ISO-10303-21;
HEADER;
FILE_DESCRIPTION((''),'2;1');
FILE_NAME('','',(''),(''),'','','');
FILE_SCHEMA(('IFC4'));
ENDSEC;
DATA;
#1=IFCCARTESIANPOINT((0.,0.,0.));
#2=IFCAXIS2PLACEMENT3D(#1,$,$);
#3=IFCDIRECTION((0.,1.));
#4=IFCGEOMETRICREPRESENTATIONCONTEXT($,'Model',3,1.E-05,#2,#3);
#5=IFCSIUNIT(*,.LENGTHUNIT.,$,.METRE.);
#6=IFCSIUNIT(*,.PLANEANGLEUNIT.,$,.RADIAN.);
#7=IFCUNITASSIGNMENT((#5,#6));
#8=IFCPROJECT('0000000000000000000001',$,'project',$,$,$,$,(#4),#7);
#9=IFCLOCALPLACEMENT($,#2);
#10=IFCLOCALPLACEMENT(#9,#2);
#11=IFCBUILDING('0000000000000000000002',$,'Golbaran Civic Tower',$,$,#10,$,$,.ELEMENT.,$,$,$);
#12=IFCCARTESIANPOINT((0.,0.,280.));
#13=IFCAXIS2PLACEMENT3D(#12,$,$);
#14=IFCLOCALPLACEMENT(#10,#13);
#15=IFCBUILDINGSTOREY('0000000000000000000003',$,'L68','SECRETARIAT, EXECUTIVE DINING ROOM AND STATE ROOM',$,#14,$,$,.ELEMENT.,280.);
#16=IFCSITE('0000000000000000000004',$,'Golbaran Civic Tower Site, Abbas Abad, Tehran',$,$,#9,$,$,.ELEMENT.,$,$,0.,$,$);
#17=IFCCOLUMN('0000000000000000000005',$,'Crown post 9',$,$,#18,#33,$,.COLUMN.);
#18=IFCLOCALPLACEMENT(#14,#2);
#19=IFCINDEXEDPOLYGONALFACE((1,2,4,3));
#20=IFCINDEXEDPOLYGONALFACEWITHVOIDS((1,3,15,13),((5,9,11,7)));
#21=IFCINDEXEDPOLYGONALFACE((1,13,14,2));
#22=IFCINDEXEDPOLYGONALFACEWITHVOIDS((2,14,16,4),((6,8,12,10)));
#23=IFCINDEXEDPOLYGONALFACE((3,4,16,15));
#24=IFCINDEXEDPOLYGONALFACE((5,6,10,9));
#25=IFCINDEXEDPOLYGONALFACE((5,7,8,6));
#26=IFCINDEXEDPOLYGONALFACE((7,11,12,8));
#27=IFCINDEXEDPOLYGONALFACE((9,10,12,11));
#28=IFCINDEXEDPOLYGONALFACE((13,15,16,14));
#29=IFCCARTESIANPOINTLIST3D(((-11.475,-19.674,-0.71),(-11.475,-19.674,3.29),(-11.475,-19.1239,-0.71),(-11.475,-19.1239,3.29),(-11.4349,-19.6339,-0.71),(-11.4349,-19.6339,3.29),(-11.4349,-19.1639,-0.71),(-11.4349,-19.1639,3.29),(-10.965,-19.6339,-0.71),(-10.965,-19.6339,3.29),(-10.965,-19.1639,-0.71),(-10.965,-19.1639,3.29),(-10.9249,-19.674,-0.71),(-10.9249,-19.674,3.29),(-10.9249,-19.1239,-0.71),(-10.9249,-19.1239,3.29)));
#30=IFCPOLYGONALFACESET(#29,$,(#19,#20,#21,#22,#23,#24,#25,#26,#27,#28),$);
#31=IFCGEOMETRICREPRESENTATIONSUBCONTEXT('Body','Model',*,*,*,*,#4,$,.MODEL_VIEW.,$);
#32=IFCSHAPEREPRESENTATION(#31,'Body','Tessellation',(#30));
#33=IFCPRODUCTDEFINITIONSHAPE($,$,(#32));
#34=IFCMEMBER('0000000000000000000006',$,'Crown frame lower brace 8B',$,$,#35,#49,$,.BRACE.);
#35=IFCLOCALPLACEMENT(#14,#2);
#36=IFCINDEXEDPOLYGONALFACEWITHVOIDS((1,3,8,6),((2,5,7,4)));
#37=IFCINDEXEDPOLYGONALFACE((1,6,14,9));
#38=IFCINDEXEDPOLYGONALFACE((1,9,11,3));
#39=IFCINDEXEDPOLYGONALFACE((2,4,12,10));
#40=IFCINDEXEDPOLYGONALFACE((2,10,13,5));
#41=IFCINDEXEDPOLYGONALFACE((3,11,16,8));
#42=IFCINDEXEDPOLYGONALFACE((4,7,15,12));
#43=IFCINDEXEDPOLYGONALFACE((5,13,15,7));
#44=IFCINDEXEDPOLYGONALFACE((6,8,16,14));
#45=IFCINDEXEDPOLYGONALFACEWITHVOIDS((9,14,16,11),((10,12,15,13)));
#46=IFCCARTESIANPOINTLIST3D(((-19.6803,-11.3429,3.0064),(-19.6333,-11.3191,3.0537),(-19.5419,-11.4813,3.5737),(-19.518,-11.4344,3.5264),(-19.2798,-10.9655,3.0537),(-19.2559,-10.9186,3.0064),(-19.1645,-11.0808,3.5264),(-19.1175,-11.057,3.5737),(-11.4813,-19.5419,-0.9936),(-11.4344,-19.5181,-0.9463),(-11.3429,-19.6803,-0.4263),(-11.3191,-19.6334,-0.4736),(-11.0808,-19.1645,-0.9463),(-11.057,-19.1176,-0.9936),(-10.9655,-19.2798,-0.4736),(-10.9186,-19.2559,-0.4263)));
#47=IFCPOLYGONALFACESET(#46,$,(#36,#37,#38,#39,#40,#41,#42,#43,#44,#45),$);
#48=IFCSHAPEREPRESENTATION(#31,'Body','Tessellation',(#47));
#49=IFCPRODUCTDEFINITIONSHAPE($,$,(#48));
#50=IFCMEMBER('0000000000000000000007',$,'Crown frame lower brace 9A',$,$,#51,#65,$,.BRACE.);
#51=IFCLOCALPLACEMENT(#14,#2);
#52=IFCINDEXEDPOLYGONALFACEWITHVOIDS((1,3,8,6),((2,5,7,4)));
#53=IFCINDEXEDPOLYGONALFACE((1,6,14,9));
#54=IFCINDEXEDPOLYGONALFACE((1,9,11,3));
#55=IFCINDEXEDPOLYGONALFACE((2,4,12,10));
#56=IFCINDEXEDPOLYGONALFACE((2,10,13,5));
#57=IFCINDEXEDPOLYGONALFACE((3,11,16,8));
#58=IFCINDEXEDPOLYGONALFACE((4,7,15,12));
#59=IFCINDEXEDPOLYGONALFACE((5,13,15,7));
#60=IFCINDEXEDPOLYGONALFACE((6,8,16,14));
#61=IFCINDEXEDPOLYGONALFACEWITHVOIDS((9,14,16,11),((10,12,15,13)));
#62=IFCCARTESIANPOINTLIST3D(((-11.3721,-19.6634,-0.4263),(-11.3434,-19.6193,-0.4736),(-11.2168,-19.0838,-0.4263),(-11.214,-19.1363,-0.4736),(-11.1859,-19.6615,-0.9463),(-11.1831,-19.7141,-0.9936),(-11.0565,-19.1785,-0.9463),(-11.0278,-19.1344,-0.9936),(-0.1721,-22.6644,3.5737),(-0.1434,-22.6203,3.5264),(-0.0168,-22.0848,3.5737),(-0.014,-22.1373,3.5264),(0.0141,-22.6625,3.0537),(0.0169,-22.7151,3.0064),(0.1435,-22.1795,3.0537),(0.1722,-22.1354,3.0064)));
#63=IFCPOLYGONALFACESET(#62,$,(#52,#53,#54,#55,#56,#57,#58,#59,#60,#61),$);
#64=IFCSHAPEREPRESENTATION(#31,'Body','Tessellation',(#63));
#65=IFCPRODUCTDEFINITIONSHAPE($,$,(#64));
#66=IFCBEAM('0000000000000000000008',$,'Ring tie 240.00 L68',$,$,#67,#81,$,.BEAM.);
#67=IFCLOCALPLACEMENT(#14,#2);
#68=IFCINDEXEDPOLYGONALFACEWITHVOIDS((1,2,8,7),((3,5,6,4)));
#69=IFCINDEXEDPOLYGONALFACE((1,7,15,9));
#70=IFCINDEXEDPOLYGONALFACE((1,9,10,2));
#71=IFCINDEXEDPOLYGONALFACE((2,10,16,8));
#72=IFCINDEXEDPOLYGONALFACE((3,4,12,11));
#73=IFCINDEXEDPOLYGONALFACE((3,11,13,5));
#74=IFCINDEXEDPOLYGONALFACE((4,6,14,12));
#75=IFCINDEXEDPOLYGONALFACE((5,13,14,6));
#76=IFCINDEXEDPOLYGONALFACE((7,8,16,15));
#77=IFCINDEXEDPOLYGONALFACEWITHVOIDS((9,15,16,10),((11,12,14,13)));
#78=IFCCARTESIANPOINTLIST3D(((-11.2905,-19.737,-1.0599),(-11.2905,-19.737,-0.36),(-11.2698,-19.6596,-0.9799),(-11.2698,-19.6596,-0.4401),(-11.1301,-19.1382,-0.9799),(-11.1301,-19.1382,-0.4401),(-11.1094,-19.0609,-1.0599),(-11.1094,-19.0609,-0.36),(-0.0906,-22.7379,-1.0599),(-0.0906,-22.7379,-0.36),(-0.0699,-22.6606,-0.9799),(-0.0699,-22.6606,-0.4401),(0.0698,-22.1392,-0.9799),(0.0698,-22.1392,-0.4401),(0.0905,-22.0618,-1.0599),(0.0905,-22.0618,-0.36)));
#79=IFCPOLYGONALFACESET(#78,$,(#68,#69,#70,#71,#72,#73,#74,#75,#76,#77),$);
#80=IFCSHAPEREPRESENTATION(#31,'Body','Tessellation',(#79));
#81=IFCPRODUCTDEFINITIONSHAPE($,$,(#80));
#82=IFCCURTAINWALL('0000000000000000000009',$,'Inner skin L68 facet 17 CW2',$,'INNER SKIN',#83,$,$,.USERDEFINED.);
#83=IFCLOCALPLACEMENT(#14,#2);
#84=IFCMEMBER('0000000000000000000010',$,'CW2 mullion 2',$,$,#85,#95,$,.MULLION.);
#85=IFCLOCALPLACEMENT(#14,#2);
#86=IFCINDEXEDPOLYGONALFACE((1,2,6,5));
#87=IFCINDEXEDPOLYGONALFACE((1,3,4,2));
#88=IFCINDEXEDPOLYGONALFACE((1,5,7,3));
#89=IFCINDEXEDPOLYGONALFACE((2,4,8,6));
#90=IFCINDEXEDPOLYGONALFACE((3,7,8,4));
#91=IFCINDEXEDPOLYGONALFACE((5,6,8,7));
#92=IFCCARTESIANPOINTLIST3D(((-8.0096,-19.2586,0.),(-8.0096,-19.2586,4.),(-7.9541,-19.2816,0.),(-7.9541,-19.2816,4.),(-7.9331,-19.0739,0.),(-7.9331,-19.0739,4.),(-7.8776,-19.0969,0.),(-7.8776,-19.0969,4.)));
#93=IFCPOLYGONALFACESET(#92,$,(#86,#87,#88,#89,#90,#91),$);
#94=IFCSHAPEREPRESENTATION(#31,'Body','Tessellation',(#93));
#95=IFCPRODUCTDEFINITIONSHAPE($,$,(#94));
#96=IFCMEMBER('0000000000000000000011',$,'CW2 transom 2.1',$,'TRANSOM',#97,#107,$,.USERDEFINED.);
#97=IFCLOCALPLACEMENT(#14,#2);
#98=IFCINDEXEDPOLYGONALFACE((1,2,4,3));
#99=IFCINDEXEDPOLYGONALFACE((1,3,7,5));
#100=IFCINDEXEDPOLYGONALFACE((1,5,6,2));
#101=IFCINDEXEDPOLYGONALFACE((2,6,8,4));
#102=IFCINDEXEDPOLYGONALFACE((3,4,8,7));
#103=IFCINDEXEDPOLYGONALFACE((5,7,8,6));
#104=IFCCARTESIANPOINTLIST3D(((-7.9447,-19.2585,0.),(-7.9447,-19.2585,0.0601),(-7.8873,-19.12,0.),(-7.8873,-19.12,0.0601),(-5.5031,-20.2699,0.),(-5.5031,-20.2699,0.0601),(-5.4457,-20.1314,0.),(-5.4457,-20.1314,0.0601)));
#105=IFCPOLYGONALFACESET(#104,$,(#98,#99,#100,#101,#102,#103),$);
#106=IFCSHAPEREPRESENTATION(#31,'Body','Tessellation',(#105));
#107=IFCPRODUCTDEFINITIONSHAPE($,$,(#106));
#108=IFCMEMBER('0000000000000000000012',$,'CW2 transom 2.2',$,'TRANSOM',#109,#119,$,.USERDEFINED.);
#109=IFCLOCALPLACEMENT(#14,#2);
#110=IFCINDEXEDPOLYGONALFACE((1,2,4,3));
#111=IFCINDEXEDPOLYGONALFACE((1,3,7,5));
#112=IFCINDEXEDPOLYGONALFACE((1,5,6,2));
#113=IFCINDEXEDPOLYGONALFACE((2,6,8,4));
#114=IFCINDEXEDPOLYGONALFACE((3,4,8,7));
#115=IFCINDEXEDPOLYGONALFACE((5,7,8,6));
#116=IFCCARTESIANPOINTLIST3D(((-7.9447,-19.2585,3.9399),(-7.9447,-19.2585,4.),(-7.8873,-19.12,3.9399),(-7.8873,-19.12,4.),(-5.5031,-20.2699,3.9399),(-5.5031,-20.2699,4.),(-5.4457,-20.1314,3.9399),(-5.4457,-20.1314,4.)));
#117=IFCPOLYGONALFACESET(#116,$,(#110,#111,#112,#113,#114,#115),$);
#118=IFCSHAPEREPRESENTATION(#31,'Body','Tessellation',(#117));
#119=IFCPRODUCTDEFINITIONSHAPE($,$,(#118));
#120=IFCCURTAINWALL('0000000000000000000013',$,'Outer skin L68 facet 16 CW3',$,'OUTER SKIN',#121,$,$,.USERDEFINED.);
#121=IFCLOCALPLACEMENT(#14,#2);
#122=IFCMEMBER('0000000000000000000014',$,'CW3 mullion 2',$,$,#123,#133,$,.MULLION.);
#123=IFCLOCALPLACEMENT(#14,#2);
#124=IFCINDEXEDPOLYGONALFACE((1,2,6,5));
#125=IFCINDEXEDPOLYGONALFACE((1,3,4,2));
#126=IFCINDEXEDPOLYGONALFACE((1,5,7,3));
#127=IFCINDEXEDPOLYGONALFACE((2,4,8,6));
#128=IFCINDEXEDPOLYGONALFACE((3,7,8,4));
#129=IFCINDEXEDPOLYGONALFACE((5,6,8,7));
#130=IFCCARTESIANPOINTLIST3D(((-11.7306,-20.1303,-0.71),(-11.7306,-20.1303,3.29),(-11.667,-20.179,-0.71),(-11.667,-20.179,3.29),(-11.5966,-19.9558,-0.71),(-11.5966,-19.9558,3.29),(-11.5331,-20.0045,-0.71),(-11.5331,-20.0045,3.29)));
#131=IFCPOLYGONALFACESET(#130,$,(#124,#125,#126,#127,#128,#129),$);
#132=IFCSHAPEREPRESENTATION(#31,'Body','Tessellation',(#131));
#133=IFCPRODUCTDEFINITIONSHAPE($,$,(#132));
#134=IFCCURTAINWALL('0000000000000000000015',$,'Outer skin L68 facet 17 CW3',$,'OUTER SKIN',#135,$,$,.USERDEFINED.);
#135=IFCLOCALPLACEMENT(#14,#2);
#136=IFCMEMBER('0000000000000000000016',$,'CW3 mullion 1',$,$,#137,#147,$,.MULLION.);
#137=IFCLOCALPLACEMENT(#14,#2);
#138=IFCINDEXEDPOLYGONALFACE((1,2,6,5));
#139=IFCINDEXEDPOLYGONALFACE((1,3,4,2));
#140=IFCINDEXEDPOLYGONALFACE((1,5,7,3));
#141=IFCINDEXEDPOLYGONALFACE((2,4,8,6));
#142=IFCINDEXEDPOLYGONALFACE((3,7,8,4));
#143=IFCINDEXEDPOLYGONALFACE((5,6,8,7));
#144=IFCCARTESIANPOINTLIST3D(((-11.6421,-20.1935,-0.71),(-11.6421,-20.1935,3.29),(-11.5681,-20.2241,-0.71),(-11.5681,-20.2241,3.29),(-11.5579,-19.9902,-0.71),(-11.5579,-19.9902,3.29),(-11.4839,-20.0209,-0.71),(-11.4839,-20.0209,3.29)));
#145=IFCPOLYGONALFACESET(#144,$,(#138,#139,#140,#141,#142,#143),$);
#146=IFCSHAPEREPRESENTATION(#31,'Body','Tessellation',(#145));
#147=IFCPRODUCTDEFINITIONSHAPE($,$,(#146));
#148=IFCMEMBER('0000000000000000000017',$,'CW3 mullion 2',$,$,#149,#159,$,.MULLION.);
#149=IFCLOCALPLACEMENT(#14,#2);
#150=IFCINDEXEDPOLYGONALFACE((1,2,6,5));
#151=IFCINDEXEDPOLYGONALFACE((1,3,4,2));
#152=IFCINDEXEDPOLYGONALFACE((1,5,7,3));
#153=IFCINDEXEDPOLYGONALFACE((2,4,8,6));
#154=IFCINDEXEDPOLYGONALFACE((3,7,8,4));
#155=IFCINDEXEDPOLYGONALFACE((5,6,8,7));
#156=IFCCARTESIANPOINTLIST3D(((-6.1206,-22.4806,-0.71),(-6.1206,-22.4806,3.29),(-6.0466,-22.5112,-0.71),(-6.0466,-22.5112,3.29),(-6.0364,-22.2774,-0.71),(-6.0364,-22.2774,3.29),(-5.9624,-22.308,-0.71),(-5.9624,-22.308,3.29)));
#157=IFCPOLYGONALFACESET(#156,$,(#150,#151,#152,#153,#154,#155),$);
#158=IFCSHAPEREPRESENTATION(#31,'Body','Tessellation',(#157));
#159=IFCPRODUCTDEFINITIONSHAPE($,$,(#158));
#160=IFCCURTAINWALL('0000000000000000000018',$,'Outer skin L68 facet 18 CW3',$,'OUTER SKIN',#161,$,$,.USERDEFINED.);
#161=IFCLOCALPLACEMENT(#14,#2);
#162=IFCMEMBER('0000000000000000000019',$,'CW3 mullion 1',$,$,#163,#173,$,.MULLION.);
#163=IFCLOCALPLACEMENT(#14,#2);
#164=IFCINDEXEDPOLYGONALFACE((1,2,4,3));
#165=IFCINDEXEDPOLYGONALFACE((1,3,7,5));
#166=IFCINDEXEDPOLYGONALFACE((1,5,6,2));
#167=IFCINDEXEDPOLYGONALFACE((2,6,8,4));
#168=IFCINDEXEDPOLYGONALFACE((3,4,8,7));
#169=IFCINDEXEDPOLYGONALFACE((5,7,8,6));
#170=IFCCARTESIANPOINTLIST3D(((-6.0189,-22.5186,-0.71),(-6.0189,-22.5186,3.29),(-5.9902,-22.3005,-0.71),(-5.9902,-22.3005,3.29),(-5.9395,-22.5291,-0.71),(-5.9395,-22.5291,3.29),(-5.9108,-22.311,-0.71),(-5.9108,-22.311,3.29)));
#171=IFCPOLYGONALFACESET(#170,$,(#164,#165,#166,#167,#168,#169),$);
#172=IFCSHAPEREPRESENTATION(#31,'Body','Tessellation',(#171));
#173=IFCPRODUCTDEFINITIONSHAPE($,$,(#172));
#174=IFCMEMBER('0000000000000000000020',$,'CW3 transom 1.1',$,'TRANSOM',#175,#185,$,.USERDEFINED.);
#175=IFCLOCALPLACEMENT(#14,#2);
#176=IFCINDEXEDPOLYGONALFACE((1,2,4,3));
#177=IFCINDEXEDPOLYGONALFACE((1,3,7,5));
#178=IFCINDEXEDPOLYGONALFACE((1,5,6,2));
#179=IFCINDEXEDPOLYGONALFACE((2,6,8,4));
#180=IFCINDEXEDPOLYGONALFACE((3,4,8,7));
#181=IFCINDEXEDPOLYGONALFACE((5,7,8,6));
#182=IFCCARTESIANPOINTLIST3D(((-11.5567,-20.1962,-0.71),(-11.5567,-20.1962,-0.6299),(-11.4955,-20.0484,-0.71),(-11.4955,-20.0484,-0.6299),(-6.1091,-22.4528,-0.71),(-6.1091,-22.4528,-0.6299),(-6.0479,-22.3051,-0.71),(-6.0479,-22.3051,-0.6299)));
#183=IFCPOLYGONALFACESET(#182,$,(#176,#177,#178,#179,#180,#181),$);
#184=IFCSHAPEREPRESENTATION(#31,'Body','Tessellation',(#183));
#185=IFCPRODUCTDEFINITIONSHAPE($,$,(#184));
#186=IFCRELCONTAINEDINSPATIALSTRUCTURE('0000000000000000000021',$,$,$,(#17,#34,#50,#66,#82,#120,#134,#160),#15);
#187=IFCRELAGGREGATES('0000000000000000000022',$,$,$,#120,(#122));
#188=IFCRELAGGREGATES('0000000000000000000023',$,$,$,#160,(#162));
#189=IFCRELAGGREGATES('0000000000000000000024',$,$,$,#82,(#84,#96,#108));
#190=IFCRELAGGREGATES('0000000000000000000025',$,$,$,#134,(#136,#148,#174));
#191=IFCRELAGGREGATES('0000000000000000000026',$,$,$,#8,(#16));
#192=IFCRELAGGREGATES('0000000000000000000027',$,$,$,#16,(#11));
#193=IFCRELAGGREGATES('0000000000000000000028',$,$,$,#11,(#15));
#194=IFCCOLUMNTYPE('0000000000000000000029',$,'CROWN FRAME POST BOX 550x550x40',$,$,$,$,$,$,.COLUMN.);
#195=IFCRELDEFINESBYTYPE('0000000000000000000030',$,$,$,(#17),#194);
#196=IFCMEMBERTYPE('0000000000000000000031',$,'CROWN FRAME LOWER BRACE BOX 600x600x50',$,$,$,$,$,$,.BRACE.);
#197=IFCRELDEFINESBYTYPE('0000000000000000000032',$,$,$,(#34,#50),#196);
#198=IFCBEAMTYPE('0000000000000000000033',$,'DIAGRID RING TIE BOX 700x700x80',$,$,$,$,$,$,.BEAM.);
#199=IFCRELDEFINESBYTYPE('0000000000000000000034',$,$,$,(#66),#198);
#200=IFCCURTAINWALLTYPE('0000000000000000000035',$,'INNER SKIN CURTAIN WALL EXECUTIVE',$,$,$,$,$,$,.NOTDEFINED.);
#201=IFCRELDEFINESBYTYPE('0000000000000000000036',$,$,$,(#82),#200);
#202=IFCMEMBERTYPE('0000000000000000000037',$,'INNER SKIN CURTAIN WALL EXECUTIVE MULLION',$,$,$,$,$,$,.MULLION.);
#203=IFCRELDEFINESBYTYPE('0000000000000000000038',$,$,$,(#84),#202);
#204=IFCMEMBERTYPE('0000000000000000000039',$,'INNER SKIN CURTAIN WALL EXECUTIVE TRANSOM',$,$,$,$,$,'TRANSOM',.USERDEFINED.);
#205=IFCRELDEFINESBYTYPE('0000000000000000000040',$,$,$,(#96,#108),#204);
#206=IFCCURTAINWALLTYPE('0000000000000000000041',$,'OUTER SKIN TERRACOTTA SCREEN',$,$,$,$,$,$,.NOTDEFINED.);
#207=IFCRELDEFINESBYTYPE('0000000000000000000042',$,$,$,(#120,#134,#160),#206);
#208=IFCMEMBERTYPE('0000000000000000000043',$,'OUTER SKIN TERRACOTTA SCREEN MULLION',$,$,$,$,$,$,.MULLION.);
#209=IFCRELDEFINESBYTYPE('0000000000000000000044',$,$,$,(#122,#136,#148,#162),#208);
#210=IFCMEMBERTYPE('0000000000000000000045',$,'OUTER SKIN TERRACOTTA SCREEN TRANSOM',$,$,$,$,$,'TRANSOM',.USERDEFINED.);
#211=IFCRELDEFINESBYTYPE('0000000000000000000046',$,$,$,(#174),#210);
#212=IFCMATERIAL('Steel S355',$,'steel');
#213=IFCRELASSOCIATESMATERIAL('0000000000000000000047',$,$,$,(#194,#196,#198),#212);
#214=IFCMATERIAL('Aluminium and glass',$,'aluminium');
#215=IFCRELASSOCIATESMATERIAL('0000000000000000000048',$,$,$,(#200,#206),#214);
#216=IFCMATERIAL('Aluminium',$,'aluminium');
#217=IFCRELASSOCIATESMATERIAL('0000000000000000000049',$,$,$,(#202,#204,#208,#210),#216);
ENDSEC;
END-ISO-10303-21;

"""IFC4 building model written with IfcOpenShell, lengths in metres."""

from ifc_helpers import new_model, si_unit, direction, frame, origin, origin_2d, place, context, subcontext, project, spatial, rectangle, hollow_rectangle, extrude, material, material_profile, profile_set, type_object, element, aggregate, save


model = new_model("IFC4")

# Units and contexts
model_context = context("Model", 3, precision=1e-05, world=origin(), true_north=direction((0.0, 1.0)))
body_context = subcontext(model_context, "Body", "Model", "MODEL_VIEW")
ifc_project = project(units=[si_unit("LENGTHUNIT", "METRE"), si_unit("PLANEANGLEUNIT", "RADIAN")], contexts=[model_context])

# Site, building, storey
site_placement = place(None, origin())
site = spatial("IfcSite", under=ifc_project, at=site_placement, Name="Golbaran Civic Tower Site, Abbas Abad, Tehran", CompositionType="ELEMENT", RefElevation=0.0)
building_placement = place(site_placement, origin())
building = spatial("IfcBuilding", under=site, at=building_placement, Name="Golbaran Civic Tower", CompositionType="ELEMENT")
storey_placement = place(building_placement, frame((0.0, 0.0, 280.0)))
storey = spatial("IfcBuildingStorey", under=building, at=storey_placement, Name="L68", Description="SECRETARIAT, EXECUTIVE DINING ROOM AND STATE ROOM", CompositionType="ELEMENT", Elevation=280.0)

# Column
ifc_material_1 = material(Name="Steel S355", Category="steel")
ifc_material_profile_1 = material_profile(ifc_material_1, hollow_rectangle(XDim=0.55, YDim=0.55, WallThickness=0.04, at=origin_2d()), Name="BOX 550x550x40")
ifc_profile_set_1 = profile_set([ifc_material_profile_1], Name="Steel S355")
column_type = type_object("IfcColumnType", Name="CROWN FRAME POST BOX 550x550x40", PredefinedType="COLUMN", material=ifc_profile_set_1)
column_placement = place(storey_placement, frame((-11.2, -19.3989, -0.71), z_axis=(0.0, 0.0, 1.0), x_axis=(1.0, 0.0, 0.0)))
element("IfcColumn", 1, at=column_placement, inside=storey, type_object=column_type, Name="Crown post 9", PredefinedType="COLUMN", context=body_context, shape_type="SweptSolid", body=[
    extrude(hollow_rectangle(XDim=0.55, YDim=0.55, WallThickness=0.04, at=origin_2d()), origin(), (0.0, 0.0, 1.0), 4.0),
])

# Members
ifc_material_profile_2 = material_profile(ifc_material_1, hollow_rectangle(XDim=0.6001, YDim=0.6001, WallThickness=0.05, at=origin_2d()), Name="BOX 600x600x50")
ifc_profile_set_2 = profile_set([ifc_material_profile_2], Name="Steel S355")
member_type_1 = type_object("IfcMemberType", Name="CROWN FRAME LOWER BRACE BOX 600x600x50", PredefinedType="BRACE", material=ifc_profile_set_2)
for number, where, z_axis, x_axis, name in (
    (2, (-11.2, -19.3989, -0.71), (-0.66845, 0.66845, 0.326114), (-0.707107, -0.707107, 0.0), "Crown frame lower brace 8B"),
    (3, (-11.2, -19.3989, -0.71), (0.913119, -0.244666, 0.326116), (0.258816, 0.965927, 0.0), "Crown frame lower brace 9A"),
):
    element("IfcMember", number, at=place(storey_placement, frame(where, z_axis=z_axis, x_axis=x_axis)), inside=storey, type_object=member_type_1, Name=name, PredefinedType="BRACE", context=body_context, shape_type="SweptSolid", body=[
        extrude(hollow_rectangle(XDim=0.6001, YDim=0.6001, WallThickness=0.05, at=origin_2d()), origin(), (0.0, 0.0, 1.0), 12.2656),
    ])

# Beam
ifc_material_profile_3 = material_profile(ifc_material_1, hollow_rectangle(XDim=0.7, YDim=0.7, WallThickness=0.0801, at=origin_2d()), Name="BOX 700x700x80")
ifc_profile_set_3 = profile_set([ifc_material_profile_3], Name="Steel S355")
beam_type = type_object("IfcBeamType", Name="DIAGRID RING TIE BOX 700x700x80", PredefinedType="BEAM", material=ifc_profile_set_3)
beam_placement = place(storey_placement, frame((-11.2, -19.3989, -0.71), z_axis=(0.965927, -0.258816, 0.0), x_axis=(0.258816, 0.965927, 0.0)))
element("IfcBeam", 4, at=beam_placement, inside=storey, type_object=beam_type, Name="Ring tie 240.00 L68", PredefinedType="BEAM", context=body_context, shape_type="SweptSolid", body=[
    extrude(hollow_rectangle(XDim=0.7, YDim=0.7, WallThickness=0.0801, at=origin_2d()), origin(), (0.0, 0.0, 1.0), 11.595),
])

# Curtain wall, members
ifc_material_2 = material(Name="Aluminium and glass", Category="aluminium")
curtain_wall_type_1 = type_object("IfcCurtainWallType", Name="INNER SKIN CURTAIN WALL EXECUTIVE", PredefinedType="NOTDEFINED", material=ifc_material_2)
curtain_wall_1_placement = place(storey_placement, origin())
curtain_wall_1 = element("IfcCurtainWall", 5, at=curtain_wall_1_placement, inside=storey, type_object=curtain_wall_type_1, Name="Inner skin L68 facet 17 CW2", ObjectType="INNER SKIN", PredefinedType="USERDEFINED")
ifc_material_3 = material(Name="Aluminium", Category="aluminium")
ifc_material_profile_4 = material_profile(ifc_material_3, rectangle(XDim=0.2, YDim=0.0601, at=origin_2d()), Name="INNER SKIN CURTAIN WALL EXECUTIVE MULLION")
ifc_profile_set_4 = profile_set([ifc_material_profile_4], Name="Aluminium")
member_type_2 = type_object("IfcMemberType", Name="INNER SKIN CURTAIN WALL EXECUTIVE MULLION", PredefinedType="MULLION", material=ifc_profile_set_4)
member_1_placement = place(storey_placement, frame((-7.9436, -19.1777, 0.0), z_axis=(0.0, 0.0, 1.0), x_axis=(0.382683, 0.92388, 0.0)))
member_1 = element("IfcMember", 6, at=member_1_placement, type_object=member_type_2, Name="CW2 mullion 2", PredefinedType="MULLION", context=body_context, shape_type="SweptSolid", body=[
    extrude(rectangle(XDim=0.2, YDim=0.0601, at=origin_2d()), origin(), (0.0, 0.0, 1.0), 4.0),
])
ifc_material_profile_5 = material_profile(ifc_material_3, rectangle(XDim=0.1499, YDim=0.0601, at=origin_2d()), Name="INNER SKIN CURTAIN WALL EXECUTIVE TRANSOM")
ifc_profile_set_5 = profile_set([ifc_material_profile_5], Name="Aluminium")
member_type_3 = type_object("IfcMemberType", Name="INNER SKIN CURTAIN WALL EXECUTIVE TRANSOM", ElementType="TRANSOM", PredefinedType="USERDEFINED", material=ifc_profile_set_5)
member_2_placement = place(storey_placement, frame((-7.916, -19.1892, 0.03), z_axis=(0.923865, -0.382719, 0.0), x_axis=(0.382719, 0.923865, 0.0)))
member_2 = element("IfcMember", 7, at=member_2_placement, type_object=member_type_3, Name="CW2 transom 2.1", ObjectType="TRANSOM", PredefinedType="USERDEFINED", context=body_context, shape_type="SweptSolid", body=[
    extrude(rectangle(XDim=0.1499, YDim=0.0601, at=origin_2d()), origin(), (0.0, 0.0, 1.0), 2.6428),
])
member_3_placement = place(storey_placement, frame((-7.916, -19.1892, 3.97), z_axis=(0.923865, -0.382719, 0.0), x_axis=(0.382719, 0.923865, 0.0)))
member_3 = element("IfcMember", 8, at=member_3_placement, type_object=member_type_3, Name="CW2 transom 2.2", ObjectType="TRANSOM", PredefinedType="USERDEFINED", context=body_context, shape_type="SweptSolid", body=[
    extrude(rectangle(XDim=0.1499, YDim=0.0601, at=origin_2d()), origin(), (0.0, 0.0, 1.0), 2.6428),
])

# Curtain wall, member
curtain_wall_type_2 = type_object("IfcCurtainWallType", Name="OUTER SKIN TERRACOTTA SCREEN", PredefinedType="NOTDEFINED", material=ifc_material_2)
curtain_wall_2_placement = place(storey_placement, origin())
curtain_wall_2 = element("IfcCurtainWall", 9, at=curtain_wall_2_placement, inside=storey, type_object=curtain_wall_type_2, Name="Outer skin L68 facet 16 CW3", ObjectType="OUTER SKIN", PredefinedType="USERDEFINED")
ifc_material_profile_6 = material_profile(ifc_material_3, rectangle(XDim=0.22, YDim=0.0801, at=origin_2d()), Name="OUTER SKIN TERRACOTTA SCREEN MULLION")
ifc_profile_set_6 = profile_set([ifc_material_profile_6], Name="Aluminium")
member_type_4 = type_object("IfcMemberType", Name="OUTER SKIN TERRACOTTA SCREEN MULLION", PredefinedType="MULLION", material=ifc_profile_set_6)
member_4_placement = place(storey_placement, frame((-11.6318, -20.0674, -0.71), z_axis=(0.0, 0.0, 1.0), x_axis=(0.608761, 0.793353, 0.0)))
member_4 = element("IfcMember", 10, at=member_4_placement, type_object=member_type_4, Name="CW3 mullion 2", PredefinedType="MULLION", context=body_context, shape_type="SweptSolid", body=[
    extrude(rectangle(XDim=0.22, YDim=0.0801, at=origin_2d()), origin(), (0.0, 0.0, 1.0), 4.0),
])
aggregate(curtain_wall_2, [member_4])

# Curtain wall, members
curtain_wall_3_placement = place(storey_placement, origin())
curtain_wall_3 = element("IfcCurtainWall", 11, at=curtain_wall_3_placement, inside=storey, type_object=curtain_wall_type_2, Name="Outer skin L68 facet 17 CW3", ObjectType="OUTER SKIN", PredefinedType="USERDEFINED")
member_5_placement = place(storey_placement, frame((-11.563, -20.1072, -0.71), z_axis=(0.0, 0.0, 1.0), x_axis=(0.382683, 0.92388, 0.0)))
member_5 = element("IfcMember", 12, at=member_5_placement, type_object=member_type_4, Name="CW3 mullion 1", PredefinedType="MULLION", context=body_context, shape_type="SweptSolid", body=[
    extrude(rectangle(XDim=0.22, YDim=0.0801, at=origin_2d()), origin(), (0.0, 0.0, 1.0), 4.0),
])
member_6_placement = place(storey_placement, frame((-6.0415, -22.3943, -0.71), z_axis=(0.0, 0.0, 1.0), x_axis=(0.382683, 0.92388, 0.0)))
member_6 = element("IfcMember", 13, at=member_6_placement, type_object=member_type_4, Name="CW3 mullion 2", PredefinedType="MULLION", context=body_context, shape_type="SweptSolid", body=[
    extrude(rectangle(XDim=0.22, YDim=0.0801, at=origin_2d()), origin(), (0.0, 0.0, 1.0), 4.0),
])

# Curtain wall, member
curtain_wall_4_placement = place(storey_placement, origin())
curtain_wall_4 = element("IfcCurtainWall", 14, at=curtain_wall_4_placement, inside=storey, type_object=curtain_wall_type_2, Name="Outer skin L68 facet 18 CW3", ObjectType="OUTER SKIN", PredefinedType="USERDEFINED")
member_7_placement = place(storey_placement, frame((-5.9648, -22.4148, -0.71), z_axis=(0.0, 0.0, 1.0), x_axis=(0.130526, 0.991445, 0.0)))
member_7 = element("IfcMember", 15, at=member_7_placement, type_object=member_type_4, Name="CW3 mullion 1", PredefinedType="MULLION", context=body_context, shape_type="SweptSolid", body=[
    extrude(rectangle(XDim=0.22, YDim=0.0801, at=origin_2d()), origin(), (0.0, 0.0, 1.0), 4.0),
])

# Member
ifc_material_profile_7 = material_profile(ifc_material_3, rectangle(XDim=0.1599, YDim=0.0801, at=origin_2d()), Name="OUTER SKIN TERRACOTTA SCREEN TRANSOM")
ifc_profile_set_7 = profile_set([ifc_material_profile_7], Name="Aluminium")
member_type_5 = type_object("IfcMemberType", Name="OUTER SKIN TERRACOTTA SCREEN TRANSOM", ElementType="TRANSOM", PredefinedType="USERDEFINED", material=ifc_profile_set_7)
member_8_placement = place(storey_placement, frame((-11.5261, -20.1223, -0.6699), z_axis=(0.92387, -0.382707, 0.0), x_axis=(0.382707, 0.92387, 0.0)))
member_8 = element("IfcMember", 16, at=member_8_placement, type_object=member_type_5, Name="CW3 transom 1.1", ObjectType="TRANSOM", PredefinedType="USERDEFINED", context=body_context, shape_type="SweptSolid", body=[
    extrude(rectangle(XDim=0.1599, YDim=0.0801, at=origin_2d()), origin(), (0.0, 0.0, 1.0), 5.8965),
])
aggregate(curtain_wall_4, [member_7])

aggregate(curtain_wall_1, [member_1, member_2, member_3])
aggregate(curtain_wall_3, [member_5, member_6, member_8])

save(model, "model.ifc")
